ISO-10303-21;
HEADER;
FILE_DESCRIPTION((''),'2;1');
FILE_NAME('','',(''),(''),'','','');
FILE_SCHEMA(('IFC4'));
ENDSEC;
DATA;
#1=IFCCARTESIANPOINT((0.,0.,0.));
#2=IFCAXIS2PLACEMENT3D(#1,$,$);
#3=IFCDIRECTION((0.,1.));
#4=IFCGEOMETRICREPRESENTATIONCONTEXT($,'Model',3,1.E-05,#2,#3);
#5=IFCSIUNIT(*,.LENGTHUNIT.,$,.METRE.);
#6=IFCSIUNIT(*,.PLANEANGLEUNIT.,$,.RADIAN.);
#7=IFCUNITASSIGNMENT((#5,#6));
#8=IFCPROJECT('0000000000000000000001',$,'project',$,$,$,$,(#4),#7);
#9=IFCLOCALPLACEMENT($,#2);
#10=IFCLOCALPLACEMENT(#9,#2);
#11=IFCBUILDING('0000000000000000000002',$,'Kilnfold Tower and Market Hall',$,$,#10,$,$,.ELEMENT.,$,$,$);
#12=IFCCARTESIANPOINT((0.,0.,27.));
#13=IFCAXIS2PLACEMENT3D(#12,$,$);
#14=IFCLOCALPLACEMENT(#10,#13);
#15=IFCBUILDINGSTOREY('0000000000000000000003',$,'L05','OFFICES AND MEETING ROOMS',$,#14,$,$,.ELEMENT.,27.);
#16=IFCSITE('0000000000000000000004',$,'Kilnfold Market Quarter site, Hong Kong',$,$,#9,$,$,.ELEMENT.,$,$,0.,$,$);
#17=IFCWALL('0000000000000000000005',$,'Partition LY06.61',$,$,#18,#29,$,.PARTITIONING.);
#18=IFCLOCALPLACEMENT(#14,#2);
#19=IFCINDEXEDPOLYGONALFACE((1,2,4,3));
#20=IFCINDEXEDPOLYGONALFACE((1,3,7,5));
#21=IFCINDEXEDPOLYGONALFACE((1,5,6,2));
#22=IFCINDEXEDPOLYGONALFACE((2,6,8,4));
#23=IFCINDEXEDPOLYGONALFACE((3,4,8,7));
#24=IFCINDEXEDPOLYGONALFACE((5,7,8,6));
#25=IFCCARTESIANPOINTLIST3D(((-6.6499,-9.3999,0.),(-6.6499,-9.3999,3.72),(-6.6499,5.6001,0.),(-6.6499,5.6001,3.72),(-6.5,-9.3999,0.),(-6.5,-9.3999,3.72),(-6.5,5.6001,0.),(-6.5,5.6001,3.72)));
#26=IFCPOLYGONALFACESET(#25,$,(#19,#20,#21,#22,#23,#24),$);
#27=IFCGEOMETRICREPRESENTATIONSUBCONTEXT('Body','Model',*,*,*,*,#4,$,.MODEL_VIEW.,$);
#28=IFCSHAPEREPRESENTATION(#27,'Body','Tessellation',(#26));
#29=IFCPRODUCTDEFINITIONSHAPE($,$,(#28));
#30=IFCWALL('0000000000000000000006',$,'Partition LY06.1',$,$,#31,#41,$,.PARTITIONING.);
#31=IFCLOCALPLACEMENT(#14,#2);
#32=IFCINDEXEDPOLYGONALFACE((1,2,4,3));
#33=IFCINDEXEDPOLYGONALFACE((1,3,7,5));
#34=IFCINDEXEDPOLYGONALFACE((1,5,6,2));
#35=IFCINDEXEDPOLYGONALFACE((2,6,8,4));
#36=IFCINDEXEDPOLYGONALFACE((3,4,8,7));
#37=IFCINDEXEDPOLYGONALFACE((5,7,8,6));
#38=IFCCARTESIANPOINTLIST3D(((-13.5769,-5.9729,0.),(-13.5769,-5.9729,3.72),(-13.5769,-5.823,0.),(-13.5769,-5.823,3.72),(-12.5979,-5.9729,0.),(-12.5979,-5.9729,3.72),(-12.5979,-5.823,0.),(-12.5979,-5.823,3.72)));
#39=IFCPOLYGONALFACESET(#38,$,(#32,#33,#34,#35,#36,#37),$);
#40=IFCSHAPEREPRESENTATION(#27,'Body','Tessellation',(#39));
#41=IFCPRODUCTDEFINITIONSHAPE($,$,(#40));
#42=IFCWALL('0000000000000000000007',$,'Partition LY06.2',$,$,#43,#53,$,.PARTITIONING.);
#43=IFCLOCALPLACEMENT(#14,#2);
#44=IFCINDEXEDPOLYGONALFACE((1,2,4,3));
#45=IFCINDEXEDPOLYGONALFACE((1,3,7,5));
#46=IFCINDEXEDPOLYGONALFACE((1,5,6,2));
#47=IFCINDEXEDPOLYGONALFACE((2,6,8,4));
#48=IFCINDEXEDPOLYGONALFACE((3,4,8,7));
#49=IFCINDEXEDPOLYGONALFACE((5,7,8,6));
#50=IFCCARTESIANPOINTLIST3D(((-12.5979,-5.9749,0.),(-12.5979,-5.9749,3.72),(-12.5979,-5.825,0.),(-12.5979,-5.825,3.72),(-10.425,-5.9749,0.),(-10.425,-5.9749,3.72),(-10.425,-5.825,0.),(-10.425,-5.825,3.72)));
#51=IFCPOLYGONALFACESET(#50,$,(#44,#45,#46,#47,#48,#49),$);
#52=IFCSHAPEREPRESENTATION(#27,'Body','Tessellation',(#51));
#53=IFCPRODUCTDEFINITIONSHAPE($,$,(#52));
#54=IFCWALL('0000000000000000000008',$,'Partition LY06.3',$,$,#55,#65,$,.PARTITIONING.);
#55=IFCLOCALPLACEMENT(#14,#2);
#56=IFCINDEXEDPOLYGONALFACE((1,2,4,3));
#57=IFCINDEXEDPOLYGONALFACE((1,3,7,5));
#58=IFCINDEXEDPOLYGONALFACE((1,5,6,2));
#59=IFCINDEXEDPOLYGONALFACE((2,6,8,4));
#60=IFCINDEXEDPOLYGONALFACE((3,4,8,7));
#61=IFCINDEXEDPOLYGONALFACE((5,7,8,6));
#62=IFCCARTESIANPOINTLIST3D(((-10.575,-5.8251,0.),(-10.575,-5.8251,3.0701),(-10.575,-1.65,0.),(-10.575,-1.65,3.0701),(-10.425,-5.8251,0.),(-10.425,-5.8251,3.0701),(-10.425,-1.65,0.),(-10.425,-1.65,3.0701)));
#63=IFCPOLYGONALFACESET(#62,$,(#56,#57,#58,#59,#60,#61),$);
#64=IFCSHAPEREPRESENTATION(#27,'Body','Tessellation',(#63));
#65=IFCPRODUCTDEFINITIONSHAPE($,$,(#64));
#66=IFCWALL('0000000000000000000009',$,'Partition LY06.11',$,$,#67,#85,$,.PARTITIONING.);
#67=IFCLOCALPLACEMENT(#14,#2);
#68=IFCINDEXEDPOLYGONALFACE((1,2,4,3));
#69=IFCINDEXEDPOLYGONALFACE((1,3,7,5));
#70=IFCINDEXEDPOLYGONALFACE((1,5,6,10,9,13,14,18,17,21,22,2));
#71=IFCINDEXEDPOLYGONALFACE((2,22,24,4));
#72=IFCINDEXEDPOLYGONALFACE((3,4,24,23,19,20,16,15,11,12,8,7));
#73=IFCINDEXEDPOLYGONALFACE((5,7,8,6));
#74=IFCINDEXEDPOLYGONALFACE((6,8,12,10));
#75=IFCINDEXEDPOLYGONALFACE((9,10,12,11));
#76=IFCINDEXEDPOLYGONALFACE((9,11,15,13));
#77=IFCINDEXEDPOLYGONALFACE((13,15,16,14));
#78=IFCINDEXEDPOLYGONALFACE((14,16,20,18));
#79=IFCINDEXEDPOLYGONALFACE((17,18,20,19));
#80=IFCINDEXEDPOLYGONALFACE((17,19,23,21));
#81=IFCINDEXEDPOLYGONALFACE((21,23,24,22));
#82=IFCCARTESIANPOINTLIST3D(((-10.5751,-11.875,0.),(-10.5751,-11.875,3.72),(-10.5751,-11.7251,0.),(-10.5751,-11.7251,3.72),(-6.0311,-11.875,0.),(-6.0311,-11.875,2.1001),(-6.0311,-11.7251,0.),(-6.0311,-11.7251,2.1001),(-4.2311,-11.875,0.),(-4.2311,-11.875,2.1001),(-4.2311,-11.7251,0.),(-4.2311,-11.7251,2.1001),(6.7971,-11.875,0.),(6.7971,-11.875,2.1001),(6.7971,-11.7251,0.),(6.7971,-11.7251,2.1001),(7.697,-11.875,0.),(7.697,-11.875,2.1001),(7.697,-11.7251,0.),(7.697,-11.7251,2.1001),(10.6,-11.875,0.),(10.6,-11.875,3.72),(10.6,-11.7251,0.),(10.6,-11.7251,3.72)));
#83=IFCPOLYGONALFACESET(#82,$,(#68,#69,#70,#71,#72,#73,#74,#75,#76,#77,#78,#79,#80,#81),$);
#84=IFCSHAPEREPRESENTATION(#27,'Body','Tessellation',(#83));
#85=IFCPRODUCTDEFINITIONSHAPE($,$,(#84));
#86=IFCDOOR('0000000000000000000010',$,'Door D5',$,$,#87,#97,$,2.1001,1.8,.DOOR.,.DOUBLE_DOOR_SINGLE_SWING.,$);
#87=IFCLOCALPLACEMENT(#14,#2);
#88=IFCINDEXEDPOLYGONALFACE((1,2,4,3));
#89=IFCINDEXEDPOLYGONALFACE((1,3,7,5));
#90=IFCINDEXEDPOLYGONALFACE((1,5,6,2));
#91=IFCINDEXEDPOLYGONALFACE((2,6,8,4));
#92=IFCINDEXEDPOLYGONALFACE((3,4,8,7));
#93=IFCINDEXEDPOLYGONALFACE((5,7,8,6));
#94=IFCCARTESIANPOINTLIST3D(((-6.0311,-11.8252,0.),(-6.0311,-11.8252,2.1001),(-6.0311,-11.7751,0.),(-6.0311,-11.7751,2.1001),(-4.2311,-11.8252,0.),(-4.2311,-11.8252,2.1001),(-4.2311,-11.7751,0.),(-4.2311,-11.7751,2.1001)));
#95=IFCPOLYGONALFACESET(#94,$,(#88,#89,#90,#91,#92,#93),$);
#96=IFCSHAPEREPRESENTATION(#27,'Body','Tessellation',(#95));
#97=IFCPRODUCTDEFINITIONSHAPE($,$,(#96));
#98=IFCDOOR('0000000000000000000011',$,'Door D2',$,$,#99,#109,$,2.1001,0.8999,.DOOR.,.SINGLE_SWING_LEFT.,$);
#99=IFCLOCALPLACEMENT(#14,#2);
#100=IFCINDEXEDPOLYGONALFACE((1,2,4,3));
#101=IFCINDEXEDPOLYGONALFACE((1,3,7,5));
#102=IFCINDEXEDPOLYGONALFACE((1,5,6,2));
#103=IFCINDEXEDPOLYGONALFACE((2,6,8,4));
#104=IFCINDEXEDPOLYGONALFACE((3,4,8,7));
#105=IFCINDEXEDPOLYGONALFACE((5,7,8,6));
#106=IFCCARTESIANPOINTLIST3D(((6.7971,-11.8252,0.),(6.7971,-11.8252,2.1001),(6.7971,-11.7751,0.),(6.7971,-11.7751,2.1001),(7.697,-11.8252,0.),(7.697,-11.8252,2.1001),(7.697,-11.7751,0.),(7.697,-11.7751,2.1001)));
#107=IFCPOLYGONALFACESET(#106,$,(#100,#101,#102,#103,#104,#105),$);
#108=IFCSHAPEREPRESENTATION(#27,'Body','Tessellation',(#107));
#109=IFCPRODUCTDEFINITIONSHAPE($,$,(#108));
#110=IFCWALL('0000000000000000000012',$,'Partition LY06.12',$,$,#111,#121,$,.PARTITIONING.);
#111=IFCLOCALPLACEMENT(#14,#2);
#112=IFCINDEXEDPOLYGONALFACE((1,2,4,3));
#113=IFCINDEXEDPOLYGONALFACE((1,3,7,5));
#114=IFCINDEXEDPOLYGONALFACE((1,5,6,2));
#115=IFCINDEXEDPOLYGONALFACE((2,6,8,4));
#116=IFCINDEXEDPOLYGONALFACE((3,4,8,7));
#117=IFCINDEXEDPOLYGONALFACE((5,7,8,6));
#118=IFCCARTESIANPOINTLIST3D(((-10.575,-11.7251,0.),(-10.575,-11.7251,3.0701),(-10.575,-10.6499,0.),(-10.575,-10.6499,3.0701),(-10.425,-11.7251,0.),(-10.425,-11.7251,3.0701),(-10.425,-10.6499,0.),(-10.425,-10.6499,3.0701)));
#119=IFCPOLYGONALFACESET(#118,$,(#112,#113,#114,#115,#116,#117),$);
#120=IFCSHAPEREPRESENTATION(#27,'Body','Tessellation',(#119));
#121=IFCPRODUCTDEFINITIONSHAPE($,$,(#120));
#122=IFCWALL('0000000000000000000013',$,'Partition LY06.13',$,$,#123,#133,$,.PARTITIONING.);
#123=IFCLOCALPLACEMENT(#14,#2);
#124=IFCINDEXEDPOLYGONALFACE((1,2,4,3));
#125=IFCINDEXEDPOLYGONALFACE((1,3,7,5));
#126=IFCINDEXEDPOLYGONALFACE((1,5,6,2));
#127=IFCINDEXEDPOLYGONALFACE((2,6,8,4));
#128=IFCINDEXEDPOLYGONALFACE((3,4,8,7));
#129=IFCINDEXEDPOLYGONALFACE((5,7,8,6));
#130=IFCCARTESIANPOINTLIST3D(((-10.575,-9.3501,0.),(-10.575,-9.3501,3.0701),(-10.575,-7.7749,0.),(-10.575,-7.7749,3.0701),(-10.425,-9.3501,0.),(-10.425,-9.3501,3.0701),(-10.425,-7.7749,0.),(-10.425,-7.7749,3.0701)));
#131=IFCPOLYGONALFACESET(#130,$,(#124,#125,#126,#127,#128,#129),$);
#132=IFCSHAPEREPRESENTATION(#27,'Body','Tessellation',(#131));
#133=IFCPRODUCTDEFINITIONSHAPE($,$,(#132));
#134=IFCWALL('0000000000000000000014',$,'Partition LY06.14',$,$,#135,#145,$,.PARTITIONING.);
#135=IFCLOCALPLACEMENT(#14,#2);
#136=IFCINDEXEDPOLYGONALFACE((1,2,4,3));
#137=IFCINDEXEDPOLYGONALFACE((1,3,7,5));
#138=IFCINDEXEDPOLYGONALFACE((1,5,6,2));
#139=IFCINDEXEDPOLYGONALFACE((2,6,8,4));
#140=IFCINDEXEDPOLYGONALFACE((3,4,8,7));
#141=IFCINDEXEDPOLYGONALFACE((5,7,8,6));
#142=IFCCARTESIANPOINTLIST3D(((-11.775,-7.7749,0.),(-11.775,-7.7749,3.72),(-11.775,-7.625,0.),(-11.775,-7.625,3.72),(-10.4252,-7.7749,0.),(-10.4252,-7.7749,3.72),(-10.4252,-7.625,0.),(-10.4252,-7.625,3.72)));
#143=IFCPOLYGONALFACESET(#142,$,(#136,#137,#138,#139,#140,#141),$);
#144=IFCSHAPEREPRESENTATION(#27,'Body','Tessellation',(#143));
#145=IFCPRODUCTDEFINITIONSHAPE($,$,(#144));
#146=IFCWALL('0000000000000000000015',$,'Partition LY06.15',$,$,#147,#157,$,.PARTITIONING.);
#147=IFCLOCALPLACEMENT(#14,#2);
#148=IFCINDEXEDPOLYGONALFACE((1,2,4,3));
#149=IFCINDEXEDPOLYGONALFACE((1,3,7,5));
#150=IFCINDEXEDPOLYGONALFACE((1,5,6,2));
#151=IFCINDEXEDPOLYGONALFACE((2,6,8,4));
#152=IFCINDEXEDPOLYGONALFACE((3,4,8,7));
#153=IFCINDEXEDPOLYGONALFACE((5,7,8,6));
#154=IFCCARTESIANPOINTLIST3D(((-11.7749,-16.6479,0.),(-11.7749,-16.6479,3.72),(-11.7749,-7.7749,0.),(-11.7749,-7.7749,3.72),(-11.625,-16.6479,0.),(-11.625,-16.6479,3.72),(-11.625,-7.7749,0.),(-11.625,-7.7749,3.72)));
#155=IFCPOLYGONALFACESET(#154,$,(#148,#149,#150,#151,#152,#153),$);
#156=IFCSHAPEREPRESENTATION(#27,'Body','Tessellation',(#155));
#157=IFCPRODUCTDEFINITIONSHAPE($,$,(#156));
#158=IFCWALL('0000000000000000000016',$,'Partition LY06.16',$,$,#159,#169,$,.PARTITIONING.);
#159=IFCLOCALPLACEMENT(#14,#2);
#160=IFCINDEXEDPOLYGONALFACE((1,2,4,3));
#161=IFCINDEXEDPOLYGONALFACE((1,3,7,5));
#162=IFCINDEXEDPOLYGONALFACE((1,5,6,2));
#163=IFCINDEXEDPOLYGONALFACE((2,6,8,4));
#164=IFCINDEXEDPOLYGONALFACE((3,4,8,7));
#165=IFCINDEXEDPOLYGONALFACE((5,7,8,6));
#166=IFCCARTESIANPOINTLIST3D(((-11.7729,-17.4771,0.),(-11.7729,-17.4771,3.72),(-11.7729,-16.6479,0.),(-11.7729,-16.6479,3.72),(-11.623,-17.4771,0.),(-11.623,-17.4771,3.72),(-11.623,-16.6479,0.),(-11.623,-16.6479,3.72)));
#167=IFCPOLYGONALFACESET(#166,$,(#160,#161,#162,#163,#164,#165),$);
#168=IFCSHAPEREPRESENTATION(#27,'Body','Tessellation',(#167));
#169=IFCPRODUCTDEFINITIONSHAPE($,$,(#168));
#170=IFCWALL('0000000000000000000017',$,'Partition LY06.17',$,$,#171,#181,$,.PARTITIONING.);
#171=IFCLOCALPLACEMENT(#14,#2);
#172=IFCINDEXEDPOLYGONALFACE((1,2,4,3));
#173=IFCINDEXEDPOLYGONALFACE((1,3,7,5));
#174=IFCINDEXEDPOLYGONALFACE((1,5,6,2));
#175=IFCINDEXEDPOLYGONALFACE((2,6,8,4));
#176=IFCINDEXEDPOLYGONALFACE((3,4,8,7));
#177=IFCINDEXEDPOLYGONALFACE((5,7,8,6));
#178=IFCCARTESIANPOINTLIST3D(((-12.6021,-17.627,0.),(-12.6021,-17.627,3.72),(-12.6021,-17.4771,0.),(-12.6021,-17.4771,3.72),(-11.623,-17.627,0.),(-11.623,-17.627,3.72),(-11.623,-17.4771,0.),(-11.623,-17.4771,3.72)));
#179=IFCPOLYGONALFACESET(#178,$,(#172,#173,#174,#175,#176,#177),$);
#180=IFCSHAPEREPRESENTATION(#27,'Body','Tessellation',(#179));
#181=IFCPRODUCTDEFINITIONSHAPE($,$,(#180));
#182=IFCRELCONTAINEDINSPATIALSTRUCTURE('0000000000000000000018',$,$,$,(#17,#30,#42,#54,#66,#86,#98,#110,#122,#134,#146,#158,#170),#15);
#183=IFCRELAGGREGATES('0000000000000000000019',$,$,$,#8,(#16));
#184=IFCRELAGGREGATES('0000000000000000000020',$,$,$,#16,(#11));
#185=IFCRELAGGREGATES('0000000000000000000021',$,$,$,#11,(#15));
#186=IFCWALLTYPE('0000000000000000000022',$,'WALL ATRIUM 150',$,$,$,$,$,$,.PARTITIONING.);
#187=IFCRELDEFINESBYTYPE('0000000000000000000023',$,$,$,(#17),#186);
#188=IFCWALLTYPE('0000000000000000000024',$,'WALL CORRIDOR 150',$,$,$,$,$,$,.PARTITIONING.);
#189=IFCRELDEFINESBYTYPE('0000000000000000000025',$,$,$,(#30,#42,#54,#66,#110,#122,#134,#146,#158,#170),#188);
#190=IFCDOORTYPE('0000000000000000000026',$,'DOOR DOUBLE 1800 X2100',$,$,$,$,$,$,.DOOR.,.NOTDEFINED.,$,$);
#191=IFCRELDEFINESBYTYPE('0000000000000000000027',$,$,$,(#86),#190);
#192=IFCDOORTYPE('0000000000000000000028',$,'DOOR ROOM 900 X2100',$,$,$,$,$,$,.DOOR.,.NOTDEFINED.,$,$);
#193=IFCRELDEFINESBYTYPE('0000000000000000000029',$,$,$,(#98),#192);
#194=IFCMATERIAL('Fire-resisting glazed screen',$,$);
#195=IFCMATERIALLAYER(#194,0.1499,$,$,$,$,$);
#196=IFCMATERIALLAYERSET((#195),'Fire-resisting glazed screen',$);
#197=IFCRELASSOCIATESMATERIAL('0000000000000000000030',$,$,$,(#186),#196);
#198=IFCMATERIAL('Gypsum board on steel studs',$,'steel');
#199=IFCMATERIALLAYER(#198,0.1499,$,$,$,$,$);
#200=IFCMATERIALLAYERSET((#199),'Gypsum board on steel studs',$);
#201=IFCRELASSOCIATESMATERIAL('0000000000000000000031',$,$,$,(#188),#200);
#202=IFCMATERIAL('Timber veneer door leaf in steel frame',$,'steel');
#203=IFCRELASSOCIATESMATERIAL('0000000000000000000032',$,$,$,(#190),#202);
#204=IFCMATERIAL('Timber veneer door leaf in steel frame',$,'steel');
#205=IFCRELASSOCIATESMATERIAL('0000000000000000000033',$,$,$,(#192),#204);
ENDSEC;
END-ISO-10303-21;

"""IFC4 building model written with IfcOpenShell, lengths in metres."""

from ifc_helpers import new_model, si_unit, direction, frame, frame_2d, origin, place, context, subcontext, project, spatial, rectangle, extrude, material, layer, layer_set, type_object, element, fill, save


model = new_model("IFC4")

# Units and contexts
model_context = context("Model", 3, precision=1e-05, world=origin(), true_north=direction((0.0, 1.0)))
body_context = subcontext(model_context, "Body", "Model", "MODEL_VIEW")
ifc_project = project(units=[si_unit("LENGTHUNIT", "METRE"), si_unit("PLANEANGLEUNIT", "RADIAN")], contexts=[model_context])

# Site, building, storey
site_placement = place(None, origin())
site = spatial("IfcSite", under=ifc_project, at=site_placement, Name="Kilnfold Market Quarter site, Hong Kong", CompositionType="ELEMENT", RefElevation=0.0)
building_placement = place(site_placement, origin())
building = spatial("IfcBuilding", under=site, at=building_placement, Name="Kilnfold Tower and Market Hall", CompositionType="ELEMENT")
storey_placement = place(building_placement, frame((0.0, 0.0, 27.0)))
storey = spatial("IfcBuildingStorey", under=building, at=storey_placement, Name="L05", Description="OFFICES AND MEETING ROOMS", CompositionType="ELEMENT", Elevation=27.0)

# Walls
ifc_material_1 = material(Name="Fire-resisting glazed screen")
ifc_layer_1 = layer(ifc_material_1, 0.1499)
ifc_layer_set_1 = layer_set([ifc_layer_1], Name="Fire-resisting glazed screen")
wall_type_1 = type_object("IfcWallType", Name="WALL ATRIUM 150", PredefinedType="PARTITIONING", material=ifc_layer_set_1)
wall_1_placement = place(storey_placement, frame((-6.575, -9.3999, 0.0), z_axis=(0.0, 0.0, 1.0), x_axis=(0.0, 1.0, 0.0)))
element("IfcWall", 1, at=wall_1_placement, inside=storey, type_object=wall_type_1, Name="Partition LY06.61", PredefinedType="PARTITIONING", context=body_context, shape_type="SweptSolid", body=[
    extrude(rectangle(XDim=15.0, YDim=0.1499, at=frame_2d((7.5, 0.0))), origin(), (0.0, 0.0, 1.0), 3.72),
])
ifc_material_2 = material(Name="Gypsum board on steel studs", Category="steel")
ifc_layer_2 = layer(ifc_material_2, 0.1499)
ifc_layer_set_2 = layer_set([ifc_layer_2], Name="Gypsum board on steel studs")
wall_type_2 = type_object("IfcWallType", Name="WALL CORRIDOR 150", PredefinedType="PARTITIONING", material=ifc_layer_set_2)
wall_2_placement = place(storey_placement, frame((-12.5979, -5.8979, 0.0), z_axis=(0.0, 0.0, 1.0), x_axis=(-1.0, 0.0, 0.0)))
element("IfcWall", 2, at=wall_2_placement, inside=storey, type_object=wall_type_2, Name="Partition LY06.1", PredefinedType="PARTITIONING", context=body_context, shape_type="SweptSolid", body=[
    extrude(rectangle(XDim=0.979, YDim=0.1499, at=frame_2d((0.4895, 0.0))), origin(), (0.0, 0.0, 1.0), 3.72),
])
wall_3_placement = place(storey_placement, frame((-10.425, -5.8999, 0.0), z_axis=(0.0, 0.0, 1.0), x_axis=(-1.0, 0.0, 0.0)))
element("IfcWall", 3, at=wall_3_placement, inside=storey, type_object=wall_type_2, Name="Partition LY06.2", PredefinedType="PARTITIONING", context=body_context, shape_type="SweptSolid", body=[
    extrude(rectangle(XDim=2.1729, YDim=0.1499, at=frame_2d((1.0864, 0.0))), origin(), (0.0, 0.0, 1.0), 3.72),
])
wall_4_placement = place(storey_placement, frame((-10.5, -5.825, 0.0), z_axis=(0.0, 0.0, 1.0), x_axis=(0.0, 1.0, 0.0)))
element("IfcWall", 4, at=wall_4_placement, inside=storey, type_object=wall_type_2, Name="Partition LY06.3", PredefinedType="PARTITIONING", context=body_context, shape_type="SweptSolid", body=[
    extrude(rectangle(XDim=4.175, YDim=0.1499, at=frame_2d((2.0874, 0.0))), origin(), (0.0, 0.0, 1.0), 3.0701),
])

# Wall, openings, doors
wall_5_placement = place(storey_placement, frame((-10.575, -11.8, 0.0), z_axis=(0.0, 0.0, 1.0), x_axis=(1.0, 0.0, 0.0)))
wall_5 = element("IfcWall", 5, at=wall_5_placement, inside=storey, type_object=wall_type_2, Name="Partition LY06.11", PredefinedType="PARTITIONING", context=body_context, shape_type="SweptSolid", body=[
    extrude(rectangle(XDim=21.175, YDim=0.1499, at=frame_2d((10.5874, 0.0))), origin(), (0.0, 0.0, 1.0), 3.72),
])
opening_1_placement = place(wall_5_placement, frame((4.5439, 0.0, 0.0)))
opening_1 = element("IfcOpeningElement", 6, at=opening_1_placement, cuts=wall_5, PredefinedType="OPENING", context=body_context, shape_type="SweptSolid", body=[
    extrude(rectangle(XDim=1.8, YDim=2.1001, at=frame_2d((0.8999, 1.05))), frame((0.0, 0.085, 0.0), z_axis=(0.0, -1.0, 0.0), x_axis=(1.0, 0.0, 0.0)), (0.0, 0.0, 1.0), 0.1699),
])
opening_2_placement = place(wall_5_placement, frame((17.3721, 0.0, 0.0)))
opening_2 = element("IfcOpeningElement", 7, at=opening_2_placement, cuts=wall_5, PredefinedType="OPENING", context=body_context, shape_type="SweptSolid", body=[
    extrude(rectangle(XDim=0.8999, YDim=2.1001, at=frame_2d((0.45, 1.05))), frame((0.0, 0.085, 0.0), z_axis=(0.0, -1.0, 0.0), x_axis=(1.0, 0.0, 0.0)), (0.0, 0.0, 1.0), 0.1699),
])
ifc_material_3 = material(Name="Timber veneer door leaf in steel frame", Category="steel")
door_type_1 = type_object("IfcDoorType", Name="DOOR DOUBLE 1800 X2100", OperationType="NOTDEFINED", PredefinedType="DOOR", material=ifc_material_3)
door_1_placement = place(opening_1_placement, origin())
door_1 = element("IfcDoor", 8, at=door_1_placement, inside=storey, type_object=door_type_1, Name="Door D5", OperationType="DOUBLE_DOOR_SINGLE_SWING", OverallHeight=2.1001, OverallWidth=1.8, PredefinedType="DOOR", context=body_context, shape_type="SweptSolid", body=[
    extrude(rectangle(XDim=1.8, YDim=2.1001, at=frame_2d((0.8999, 1.05))), frame((0.0, 0.0249, 0.0), z_axis=(0.0, -1.0, 0.0), x_axis=(1.0, 0.0, 0.0)), (0.0, 0.0, 1.0), 0.05),
])
fill(opening_1, door_1)
ifc_material_4 = material(Name="Timber veneer door leaf in steel frame", Category="steel")
door_type_2 = type_object("IfcDoorType", Name="DOOR ROOM 900 X2100", OperationType="NOTDEFINED", PredefinedType="DOOR", material=ifc_material_4)
door_2_placement = place(opening_2_placement, origin())
door_2 = element("IfcDoor", 9, at=door_2_placement, inside=storey, type_object=door_type_2, Name="Door D2", OperationType="SINGLE_SWING_LEFT", OverallHeight=2.1001, OverallWidth=0.8999, PredefinedType="DOOR", context=body_context, shape_type="SweptSolid", body=[
    extrude(rectangle(XDim=0.8999, YDim=2.1001, at=frame_2d((0.45, 1.05))), frame((0.0, 0.0249, 0.0), z_axis=(0.0, -1.0, 0.0), x_axis=(1.0, 0.0, 0.0)), (0.0, 0.0, 1.0), 0.05),
])
fill(opening_2, door_2)

# Walls
wall_6_placement = place(storey_placement, frame((-10.5, -11.7251, 0.0), z_axis=(0.0, 0.0, 1.0), x_axis=(0.0, 1.0, 0.0)))
element("IfcWall", 10, at=wall_6_placement, inside=storey, type_object=wall_type_2, Name="Partition LY06.12", PredefinedType="PARTITIONING", context=body_context, shape_type="SweptSolid", body=[
    extrude(rectangle(XDim=1.0752, YDim=0.1499, at=frame_2d((0.5376, 0.0))), origin(), (0.0, 0.0, 1.0), 3.0701),
])
wall_7_placement = place(storey_placement, frame((-10.5, -9.3501, 0.0), z_axis=(0.0, 0.0, 1.0), x_axis=(0.0, 1.0, 0.0)))
element("IfcWall", 11, at=wall_7_placement, inside=storey, type_object=wall_type_2, Name="Partition LY06.13", PredefinedType="PARTITIONING", context=body_context, shape_type="SweptSolid", body=[
    extrude(rectangle(XDim=1.5752, YDim=0.1499, at=frame_2d((0.7876, 0.0))), origin(), (0.0, 0.0, 1.0), 3.0701),
])
wall_8_placement = place(storey_placement, frame((-11.7749, -7.7, 0.0), z_axis=(0.0, 0.0, 1.0), x_axis=(1.0, 0.0, 0.0)))
element("IfcWall", 12, at=wall_8_placement, inside=storey, type_object=wall_type_2, Name="Partition LY06.14", PredefinedType="PARTITIONING", context=body_context, shape_type="SweptSolid", body=[
    extrude(rectangle(XDim=1.3499, YDim=0.1499, at=frame_2d((0.6748, 0.0))), origin(), (0.0, 0.0, 1.0), 3.72),
])
wall_9_placement = place(storey_placement, frame((-11.7, -16.6479, 0.0), z_axis=(0.0, 0.0, 1.0), x_axis=(0.0, 1.0, 0.0)))
element("IfcWall", 13, at=wall_9_placement, inside=storey, type_object=wall_type_2, Name="Partition LY06.15", PredefinedType="PARTITIONING", context=body_context, shape_type="SweptSolid", body=[
    extrude(rectangle(XDim=8.873, YDim=0.1499, at=frame_2d((4.4365, 0.0))), origin(), (0.0, 0.0, 1.0), 3.72),
])
wall_10_placement = place(storey_placement, frame((-11.698, -17.4771, 0.0), z_axis=(0.0, 0.0, 1.0), x_axis=(0.0, 1.0, 0.0)))
element("IfcWall", 14, at=wall_10_placement, inside=storey, type_object=wall_type_2, Name="Partition LY06.16", PredefinedType="PARTITIONING", context=body_context, shape_type="SweptSolid", body=[
    extrude(rectangle(XDim=0.8291, YDim=0.1499, at=frame_2d((0.4146, 0.0))), origin(), (0.0, 0.0, 1.0), 3.72),
])
wall_11_placement = place(storey_placement, frame((-12.6021, -17.552, 0.0), z_axis=(0.0, 0.0, 1.0), x_axis=(1.0, 0.0, 0.0)))
element("IfcWall", 15, at=wall_11_placement, inside=storey, type_object=wall_type_2, Name="Partition LY06.17", PredefinedType="PARTITIONING", context=body_context, shape_type="SweptSolid", body=[
    extrude(rectangle(XDim=0.979, YDim=0.1499, at=frame_2d((0.4895, 0.0))), origin(), (0.0, 0.0, 1.0), 3.72),
])

save(model, "model.ifc")
